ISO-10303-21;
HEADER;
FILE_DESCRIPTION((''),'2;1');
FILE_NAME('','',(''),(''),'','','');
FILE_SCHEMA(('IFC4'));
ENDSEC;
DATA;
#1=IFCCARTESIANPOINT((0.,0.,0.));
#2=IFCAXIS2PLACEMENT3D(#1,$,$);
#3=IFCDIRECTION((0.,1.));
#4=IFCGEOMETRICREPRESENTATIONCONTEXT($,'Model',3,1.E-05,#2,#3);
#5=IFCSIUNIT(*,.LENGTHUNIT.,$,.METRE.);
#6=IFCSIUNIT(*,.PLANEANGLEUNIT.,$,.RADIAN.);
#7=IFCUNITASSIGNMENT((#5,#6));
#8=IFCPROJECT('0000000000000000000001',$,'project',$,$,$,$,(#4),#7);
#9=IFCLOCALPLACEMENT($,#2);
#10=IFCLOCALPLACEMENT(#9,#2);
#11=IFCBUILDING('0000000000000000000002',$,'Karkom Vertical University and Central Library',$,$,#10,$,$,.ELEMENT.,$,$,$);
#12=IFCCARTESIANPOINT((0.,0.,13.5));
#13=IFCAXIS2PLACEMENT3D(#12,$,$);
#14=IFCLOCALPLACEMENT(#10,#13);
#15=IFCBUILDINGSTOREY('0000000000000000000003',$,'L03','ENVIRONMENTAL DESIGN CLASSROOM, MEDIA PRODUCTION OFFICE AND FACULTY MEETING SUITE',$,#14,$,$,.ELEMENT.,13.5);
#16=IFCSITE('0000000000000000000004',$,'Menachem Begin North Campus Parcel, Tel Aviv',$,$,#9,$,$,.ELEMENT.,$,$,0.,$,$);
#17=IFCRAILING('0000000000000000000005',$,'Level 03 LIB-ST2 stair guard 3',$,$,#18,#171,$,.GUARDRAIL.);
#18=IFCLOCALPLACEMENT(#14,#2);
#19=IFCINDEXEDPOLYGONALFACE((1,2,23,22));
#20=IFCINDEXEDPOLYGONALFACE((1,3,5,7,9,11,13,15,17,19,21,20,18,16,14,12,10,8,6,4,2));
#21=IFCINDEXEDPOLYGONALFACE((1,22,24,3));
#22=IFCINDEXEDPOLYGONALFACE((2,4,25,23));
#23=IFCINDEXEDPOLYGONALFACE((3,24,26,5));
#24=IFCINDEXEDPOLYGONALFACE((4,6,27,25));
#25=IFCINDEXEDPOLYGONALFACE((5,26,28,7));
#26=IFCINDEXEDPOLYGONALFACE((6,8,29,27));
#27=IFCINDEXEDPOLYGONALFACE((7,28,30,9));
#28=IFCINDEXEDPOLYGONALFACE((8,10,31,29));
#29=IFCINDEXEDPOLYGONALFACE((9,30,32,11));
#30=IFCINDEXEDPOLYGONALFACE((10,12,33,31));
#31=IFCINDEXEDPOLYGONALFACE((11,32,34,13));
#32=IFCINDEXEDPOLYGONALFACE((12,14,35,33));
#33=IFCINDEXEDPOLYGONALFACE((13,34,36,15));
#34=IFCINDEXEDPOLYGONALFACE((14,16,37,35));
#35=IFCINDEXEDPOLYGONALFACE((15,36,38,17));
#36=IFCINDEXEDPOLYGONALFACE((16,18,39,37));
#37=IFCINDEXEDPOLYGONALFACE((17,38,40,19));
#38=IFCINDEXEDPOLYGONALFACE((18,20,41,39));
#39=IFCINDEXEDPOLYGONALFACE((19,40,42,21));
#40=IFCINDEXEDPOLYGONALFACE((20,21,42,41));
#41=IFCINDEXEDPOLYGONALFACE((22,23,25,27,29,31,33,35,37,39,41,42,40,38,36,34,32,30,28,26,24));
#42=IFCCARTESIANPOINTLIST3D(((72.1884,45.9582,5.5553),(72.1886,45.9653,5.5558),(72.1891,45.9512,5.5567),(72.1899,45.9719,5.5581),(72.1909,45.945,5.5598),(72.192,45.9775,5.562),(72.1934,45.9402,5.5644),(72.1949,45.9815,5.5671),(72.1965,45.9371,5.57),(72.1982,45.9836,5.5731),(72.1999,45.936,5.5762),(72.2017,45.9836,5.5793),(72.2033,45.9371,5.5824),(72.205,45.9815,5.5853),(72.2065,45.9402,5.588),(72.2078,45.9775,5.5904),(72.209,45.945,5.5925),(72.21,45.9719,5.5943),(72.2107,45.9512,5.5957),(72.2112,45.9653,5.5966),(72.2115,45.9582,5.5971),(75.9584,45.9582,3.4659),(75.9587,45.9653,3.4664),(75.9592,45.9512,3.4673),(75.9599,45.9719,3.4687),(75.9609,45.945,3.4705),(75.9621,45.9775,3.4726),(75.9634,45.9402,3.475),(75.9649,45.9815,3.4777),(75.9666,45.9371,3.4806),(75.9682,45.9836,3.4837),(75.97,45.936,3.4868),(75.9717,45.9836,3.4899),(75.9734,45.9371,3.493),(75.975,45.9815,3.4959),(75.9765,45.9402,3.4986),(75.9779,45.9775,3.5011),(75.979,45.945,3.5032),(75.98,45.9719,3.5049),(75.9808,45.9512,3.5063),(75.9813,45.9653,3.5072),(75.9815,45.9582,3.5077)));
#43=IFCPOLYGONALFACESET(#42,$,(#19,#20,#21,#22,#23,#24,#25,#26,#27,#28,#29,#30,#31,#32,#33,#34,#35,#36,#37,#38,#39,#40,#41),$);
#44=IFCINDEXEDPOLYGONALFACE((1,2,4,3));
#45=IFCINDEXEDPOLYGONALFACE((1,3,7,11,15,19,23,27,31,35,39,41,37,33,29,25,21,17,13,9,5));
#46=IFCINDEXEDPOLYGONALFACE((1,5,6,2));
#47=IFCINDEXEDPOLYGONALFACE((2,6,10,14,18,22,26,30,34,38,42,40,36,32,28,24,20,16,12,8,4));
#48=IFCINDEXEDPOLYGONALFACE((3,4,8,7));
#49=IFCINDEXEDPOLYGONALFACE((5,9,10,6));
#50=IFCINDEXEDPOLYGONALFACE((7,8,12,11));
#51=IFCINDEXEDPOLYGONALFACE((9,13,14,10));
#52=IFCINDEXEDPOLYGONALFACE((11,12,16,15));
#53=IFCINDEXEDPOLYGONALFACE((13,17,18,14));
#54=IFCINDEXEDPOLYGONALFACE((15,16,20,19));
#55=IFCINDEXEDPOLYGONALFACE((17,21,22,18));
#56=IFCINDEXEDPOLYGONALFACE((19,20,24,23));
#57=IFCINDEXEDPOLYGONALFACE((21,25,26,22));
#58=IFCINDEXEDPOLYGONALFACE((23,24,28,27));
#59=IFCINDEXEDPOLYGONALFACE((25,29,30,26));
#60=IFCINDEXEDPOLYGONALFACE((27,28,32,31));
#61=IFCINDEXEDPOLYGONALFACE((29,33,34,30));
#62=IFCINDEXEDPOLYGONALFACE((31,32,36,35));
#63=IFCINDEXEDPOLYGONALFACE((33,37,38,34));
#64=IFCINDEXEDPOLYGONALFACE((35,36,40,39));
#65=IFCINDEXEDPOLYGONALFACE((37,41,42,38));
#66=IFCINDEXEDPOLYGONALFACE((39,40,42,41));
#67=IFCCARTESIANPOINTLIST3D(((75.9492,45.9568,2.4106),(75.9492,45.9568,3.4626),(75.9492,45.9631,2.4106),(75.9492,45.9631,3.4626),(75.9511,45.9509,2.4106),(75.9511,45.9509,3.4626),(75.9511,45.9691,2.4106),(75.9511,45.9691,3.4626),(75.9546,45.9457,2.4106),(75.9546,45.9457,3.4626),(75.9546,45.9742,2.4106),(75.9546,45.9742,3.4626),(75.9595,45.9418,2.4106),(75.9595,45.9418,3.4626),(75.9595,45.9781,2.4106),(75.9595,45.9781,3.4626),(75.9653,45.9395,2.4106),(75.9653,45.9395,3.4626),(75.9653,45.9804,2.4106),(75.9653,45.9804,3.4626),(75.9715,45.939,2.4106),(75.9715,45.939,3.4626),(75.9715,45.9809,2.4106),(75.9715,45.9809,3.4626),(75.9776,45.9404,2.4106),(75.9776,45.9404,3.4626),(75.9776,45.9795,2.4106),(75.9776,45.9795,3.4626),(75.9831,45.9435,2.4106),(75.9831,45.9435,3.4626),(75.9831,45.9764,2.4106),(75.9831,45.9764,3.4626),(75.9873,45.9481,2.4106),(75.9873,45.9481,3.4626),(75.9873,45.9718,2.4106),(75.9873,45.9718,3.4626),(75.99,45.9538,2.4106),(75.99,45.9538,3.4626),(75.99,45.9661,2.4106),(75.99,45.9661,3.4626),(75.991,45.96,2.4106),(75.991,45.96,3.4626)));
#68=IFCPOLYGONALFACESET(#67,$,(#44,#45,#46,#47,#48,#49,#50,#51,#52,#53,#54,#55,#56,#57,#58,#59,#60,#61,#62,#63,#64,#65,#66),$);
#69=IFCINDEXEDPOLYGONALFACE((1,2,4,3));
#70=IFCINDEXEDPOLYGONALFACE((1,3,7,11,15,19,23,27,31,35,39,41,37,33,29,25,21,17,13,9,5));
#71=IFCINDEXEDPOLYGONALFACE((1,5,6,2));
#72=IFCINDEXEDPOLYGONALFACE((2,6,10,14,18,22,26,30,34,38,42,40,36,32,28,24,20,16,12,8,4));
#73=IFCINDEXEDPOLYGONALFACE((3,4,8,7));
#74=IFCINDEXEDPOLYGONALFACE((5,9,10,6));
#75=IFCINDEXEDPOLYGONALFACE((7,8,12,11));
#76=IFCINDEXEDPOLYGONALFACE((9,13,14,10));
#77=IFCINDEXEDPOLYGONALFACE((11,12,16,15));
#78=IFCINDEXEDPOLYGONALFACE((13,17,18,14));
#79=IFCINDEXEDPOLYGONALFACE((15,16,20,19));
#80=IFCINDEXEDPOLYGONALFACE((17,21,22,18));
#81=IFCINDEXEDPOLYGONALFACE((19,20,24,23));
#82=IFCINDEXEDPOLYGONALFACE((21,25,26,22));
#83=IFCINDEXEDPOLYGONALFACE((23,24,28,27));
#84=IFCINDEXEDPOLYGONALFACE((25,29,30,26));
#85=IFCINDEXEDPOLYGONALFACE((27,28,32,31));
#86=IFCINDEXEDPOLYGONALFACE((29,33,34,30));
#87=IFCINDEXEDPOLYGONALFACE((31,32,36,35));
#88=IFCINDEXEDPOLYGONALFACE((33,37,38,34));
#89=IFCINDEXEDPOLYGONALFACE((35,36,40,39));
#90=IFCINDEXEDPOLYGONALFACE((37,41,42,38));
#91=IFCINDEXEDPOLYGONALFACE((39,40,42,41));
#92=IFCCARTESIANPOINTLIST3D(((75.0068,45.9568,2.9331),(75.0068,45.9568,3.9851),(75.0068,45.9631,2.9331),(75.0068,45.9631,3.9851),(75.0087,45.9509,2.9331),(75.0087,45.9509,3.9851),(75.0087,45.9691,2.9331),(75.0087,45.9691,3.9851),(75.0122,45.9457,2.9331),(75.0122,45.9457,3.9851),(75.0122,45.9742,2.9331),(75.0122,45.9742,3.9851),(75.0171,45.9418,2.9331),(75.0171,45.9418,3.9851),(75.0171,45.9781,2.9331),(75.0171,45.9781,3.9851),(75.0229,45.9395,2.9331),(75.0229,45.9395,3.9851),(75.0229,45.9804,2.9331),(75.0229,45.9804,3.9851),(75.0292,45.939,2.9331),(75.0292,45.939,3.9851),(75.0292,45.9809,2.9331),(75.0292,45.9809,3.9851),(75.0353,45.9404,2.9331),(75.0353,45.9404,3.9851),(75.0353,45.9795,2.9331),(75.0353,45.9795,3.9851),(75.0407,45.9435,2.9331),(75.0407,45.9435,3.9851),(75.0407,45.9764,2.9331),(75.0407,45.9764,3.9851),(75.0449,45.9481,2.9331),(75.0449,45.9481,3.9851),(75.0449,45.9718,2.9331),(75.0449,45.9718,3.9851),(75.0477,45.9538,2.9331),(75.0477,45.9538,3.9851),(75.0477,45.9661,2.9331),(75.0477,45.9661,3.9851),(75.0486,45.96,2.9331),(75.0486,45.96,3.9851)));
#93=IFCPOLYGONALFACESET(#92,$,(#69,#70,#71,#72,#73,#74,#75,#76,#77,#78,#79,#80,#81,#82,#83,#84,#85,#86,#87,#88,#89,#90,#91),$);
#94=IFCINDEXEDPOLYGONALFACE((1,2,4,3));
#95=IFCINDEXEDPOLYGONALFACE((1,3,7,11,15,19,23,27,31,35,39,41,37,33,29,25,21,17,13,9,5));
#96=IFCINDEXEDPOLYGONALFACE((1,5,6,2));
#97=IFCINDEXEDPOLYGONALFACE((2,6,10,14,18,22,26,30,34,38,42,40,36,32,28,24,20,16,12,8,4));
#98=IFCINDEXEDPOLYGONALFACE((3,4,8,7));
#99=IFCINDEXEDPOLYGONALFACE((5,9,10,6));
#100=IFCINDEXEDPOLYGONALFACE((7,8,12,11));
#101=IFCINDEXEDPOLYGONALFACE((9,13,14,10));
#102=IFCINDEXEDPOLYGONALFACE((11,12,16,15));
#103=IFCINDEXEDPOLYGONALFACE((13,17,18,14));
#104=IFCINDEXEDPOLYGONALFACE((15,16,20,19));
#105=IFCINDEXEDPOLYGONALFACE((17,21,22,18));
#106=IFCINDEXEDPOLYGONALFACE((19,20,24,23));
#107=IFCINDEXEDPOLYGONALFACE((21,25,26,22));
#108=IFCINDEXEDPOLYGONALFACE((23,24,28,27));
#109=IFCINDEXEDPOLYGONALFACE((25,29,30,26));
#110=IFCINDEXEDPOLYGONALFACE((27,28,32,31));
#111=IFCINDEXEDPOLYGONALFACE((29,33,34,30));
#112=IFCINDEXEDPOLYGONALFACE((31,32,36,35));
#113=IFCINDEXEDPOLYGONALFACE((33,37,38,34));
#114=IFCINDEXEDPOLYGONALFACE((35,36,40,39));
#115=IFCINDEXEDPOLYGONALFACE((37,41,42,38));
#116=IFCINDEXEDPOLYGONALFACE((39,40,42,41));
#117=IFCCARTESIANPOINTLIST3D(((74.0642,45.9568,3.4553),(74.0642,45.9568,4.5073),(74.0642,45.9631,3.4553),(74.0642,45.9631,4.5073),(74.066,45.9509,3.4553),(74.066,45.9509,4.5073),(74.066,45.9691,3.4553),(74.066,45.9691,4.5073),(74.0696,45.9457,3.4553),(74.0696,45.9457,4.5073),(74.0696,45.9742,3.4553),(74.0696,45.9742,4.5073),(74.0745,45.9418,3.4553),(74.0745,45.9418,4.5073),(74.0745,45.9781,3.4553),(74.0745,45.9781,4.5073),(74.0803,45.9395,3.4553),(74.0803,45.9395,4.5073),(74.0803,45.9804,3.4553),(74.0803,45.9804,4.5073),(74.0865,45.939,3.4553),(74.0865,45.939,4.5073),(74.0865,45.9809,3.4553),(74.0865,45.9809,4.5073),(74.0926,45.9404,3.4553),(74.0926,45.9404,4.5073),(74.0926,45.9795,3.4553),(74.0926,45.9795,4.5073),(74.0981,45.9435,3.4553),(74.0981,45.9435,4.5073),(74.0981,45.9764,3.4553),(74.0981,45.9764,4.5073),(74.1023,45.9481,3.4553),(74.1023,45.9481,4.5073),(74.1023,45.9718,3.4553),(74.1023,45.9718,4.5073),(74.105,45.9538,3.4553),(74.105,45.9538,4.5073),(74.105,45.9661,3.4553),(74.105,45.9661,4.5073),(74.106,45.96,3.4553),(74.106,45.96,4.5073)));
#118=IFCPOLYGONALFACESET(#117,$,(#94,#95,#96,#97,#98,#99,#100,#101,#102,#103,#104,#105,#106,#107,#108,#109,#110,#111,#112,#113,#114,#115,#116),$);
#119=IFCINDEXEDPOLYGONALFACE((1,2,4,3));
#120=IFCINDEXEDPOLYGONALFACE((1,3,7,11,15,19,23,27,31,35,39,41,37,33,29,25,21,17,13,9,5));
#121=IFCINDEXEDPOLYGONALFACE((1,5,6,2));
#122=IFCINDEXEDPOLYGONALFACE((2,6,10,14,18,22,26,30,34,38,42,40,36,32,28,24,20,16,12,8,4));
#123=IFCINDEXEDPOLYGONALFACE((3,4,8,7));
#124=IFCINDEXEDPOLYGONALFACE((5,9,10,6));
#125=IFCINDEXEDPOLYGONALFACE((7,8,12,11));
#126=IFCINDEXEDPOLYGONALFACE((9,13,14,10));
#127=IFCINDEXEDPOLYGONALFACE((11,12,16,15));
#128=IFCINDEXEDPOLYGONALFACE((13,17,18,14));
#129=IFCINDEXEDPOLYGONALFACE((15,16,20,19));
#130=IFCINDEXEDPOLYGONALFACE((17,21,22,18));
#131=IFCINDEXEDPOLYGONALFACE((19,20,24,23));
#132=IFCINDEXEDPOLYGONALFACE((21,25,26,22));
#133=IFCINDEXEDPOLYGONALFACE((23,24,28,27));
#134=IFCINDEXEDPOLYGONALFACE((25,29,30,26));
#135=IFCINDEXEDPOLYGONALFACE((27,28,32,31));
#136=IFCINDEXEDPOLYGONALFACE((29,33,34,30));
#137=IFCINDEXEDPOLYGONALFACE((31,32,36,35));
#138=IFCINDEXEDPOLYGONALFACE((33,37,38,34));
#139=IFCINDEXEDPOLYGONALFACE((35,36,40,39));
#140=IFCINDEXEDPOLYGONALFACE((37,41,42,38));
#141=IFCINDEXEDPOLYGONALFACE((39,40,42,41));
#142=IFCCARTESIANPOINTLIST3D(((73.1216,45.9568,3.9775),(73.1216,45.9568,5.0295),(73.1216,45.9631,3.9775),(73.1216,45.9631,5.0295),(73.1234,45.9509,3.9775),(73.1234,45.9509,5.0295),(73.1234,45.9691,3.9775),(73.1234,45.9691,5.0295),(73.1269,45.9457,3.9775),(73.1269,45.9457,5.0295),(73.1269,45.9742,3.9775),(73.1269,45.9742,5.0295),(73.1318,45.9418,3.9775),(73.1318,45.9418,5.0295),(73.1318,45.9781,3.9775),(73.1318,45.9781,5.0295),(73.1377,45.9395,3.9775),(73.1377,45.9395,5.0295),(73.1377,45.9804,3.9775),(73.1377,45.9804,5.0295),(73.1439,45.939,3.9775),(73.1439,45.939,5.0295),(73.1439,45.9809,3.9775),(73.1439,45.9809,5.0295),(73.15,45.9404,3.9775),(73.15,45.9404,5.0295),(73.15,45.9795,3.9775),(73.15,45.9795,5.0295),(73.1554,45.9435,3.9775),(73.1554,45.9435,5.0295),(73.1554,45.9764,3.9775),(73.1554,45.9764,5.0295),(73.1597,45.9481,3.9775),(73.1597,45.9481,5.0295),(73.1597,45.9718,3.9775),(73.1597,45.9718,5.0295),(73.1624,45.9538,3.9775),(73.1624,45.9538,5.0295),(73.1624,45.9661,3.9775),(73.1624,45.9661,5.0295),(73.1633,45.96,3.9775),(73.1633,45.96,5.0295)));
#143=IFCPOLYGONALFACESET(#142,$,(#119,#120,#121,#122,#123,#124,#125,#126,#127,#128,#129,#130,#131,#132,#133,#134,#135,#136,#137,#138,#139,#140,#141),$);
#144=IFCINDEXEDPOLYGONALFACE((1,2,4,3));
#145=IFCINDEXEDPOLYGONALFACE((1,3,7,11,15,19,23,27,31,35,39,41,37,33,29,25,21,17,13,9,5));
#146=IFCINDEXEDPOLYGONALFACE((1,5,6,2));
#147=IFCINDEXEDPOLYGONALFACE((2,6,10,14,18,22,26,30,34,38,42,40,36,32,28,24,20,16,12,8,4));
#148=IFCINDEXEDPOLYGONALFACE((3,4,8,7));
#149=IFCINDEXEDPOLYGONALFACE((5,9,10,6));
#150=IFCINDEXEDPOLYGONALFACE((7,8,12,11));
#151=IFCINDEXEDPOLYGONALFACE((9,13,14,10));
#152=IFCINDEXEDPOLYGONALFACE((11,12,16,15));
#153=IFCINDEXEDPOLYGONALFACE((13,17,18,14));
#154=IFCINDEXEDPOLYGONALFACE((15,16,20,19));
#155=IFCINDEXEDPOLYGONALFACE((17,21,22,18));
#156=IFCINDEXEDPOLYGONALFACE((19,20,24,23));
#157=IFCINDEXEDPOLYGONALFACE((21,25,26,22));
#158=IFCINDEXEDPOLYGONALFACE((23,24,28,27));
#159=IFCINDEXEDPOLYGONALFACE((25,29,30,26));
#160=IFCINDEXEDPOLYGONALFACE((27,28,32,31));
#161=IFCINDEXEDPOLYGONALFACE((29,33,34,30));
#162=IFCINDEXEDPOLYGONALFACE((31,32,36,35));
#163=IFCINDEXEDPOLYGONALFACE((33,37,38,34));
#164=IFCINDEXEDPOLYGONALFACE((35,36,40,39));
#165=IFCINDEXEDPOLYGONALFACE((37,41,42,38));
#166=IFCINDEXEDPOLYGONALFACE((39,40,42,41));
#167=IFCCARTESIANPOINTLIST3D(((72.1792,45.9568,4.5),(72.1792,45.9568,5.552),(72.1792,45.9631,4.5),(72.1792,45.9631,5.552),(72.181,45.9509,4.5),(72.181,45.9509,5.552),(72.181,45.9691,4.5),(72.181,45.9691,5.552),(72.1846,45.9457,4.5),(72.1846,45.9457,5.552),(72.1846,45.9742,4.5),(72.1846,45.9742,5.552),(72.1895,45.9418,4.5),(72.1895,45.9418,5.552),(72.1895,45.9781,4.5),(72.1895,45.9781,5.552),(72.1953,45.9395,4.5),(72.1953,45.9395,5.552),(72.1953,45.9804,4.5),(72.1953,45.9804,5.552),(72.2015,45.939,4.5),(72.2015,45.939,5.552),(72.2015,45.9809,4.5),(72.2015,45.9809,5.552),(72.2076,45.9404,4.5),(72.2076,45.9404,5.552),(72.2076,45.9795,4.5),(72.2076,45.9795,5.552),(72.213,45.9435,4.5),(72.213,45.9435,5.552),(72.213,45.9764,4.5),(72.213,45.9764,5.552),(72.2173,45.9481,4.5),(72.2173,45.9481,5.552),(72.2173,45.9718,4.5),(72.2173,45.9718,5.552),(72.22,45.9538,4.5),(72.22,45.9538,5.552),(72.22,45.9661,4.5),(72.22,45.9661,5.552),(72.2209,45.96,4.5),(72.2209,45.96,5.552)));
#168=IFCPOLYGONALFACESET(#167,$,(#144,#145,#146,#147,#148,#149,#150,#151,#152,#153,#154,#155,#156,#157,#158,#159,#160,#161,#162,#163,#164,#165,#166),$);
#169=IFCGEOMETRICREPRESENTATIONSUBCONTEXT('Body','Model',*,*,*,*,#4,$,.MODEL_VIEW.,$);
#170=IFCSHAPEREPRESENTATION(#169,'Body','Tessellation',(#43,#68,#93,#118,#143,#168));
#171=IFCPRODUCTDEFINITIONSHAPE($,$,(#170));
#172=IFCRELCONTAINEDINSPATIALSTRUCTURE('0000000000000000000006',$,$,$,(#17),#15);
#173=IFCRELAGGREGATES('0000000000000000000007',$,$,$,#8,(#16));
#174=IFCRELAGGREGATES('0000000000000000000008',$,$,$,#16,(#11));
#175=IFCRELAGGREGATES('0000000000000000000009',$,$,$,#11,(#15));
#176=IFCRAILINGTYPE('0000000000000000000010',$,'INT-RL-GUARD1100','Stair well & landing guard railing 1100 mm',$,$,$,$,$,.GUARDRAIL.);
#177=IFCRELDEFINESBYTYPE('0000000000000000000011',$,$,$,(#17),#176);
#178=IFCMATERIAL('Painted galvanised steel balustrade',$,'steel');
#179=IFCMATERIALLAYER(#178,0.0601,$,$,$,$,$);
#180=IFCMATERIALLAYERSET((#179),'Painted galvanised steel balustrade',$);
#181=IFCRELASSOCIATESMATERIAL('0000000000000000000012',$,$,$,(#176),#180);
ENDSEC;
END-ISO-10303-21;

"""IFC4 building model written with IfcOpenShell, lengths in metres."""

from ifc_helpers import new_model, si_unit, direction, frame, origin, origin_2d, place, context, subcontext, project, spatial, circle, extrude, material, layer, layer_set, type_object, element, save


model = new_model("IFC4")

# Units and contexts
model_context = context("Model", 3, precision=1e-05, world=origin(), true_north=direction((0.0, 1.0)))
body_context = subcontext(model_context, "Body", "Model", "MODEL_VIEW")
ifc_project = project(units=[si_unit("LENGTHUNIT", "METRE"), si_unit("PLANEANGLEUNIT", "RADIAN")], contexts=[model_context])

# Site, building, storey
site_placement = place(None, origin())
site = spatial("IfcSite", under=ifc_project, at=site_placement, Name="Menachem Begin North Campus Parcel, Tel Aviv", CompositionType="ELEMENT", RefElevation=0.0)
building_placement = place(site_placement, origin())
building = spatial("IfcBuilding", under=site, at=building_placement, Name="Karkom Vertical University and Central Library", CompositionType="ELEMENT")
storey_placement = place(building_placement, frame((0.0, 0.0, 13.5)))
storey = spatial("IfcBuildingStorey", under=building, at=storey_placement, Name="L03", Description="ENVIRONMENTAL DESIGN CLASSROOM, MEDIA PRODUCTION OFFICE AND FACULTY MEETING SUITE", CompositionType="ELEMENT", Elevation=13.5)

# Railing
ifc_material_1 = material(Name="Painted galvanised steel balustrade", Category="steel")
ifc_layer_1 = layer(ifc_material_1, 0.0601)
ifc_layer_set_1 = layer_set([ifc_layer_1], Name="Painted galvanised steel balustrade")
railing_type_1 = type_object("IfcRailingType", Name="INT-RL-GUARD1100", Description="Stair well & landing guard railing 1100 mm", PredefinedType="GUARDRAIL", material=ifc_layer_set_1)
railing_1_placement = place(storey_placement, frame((75.97, 45.96, 2.4106)))
element("IfcRailing", 1, at=railing_1_placement, inside=storey, type_object=railing_type_1, Name="Level 03 LIB-ST2 stair guard 3", PredefinedType="GUARDRAIL", context=body_context, shape_type="SweptSolid", body=[
    extrude(circle(Radius=0.0239, at=origin_2d()), frame((0.0, 0.0, 1.0762), z_axis=(-0.874659, 0.0, 0.484739), x_axis=(0.0, -1.0, 0.0)), (0.0, 0.0, 1.0), 4.3103),
    extrude(circle(Radius=0.021, at=origin_2d()), origin(), (0.0, 0.0, 1.0), 1.052),
    extrude(circle(Radius=0.021, at=origin_2d()), frame((-0.9424, 0.0, 0.5225)), (0.0, 0.0, 1.0), 1.052),
    extrude(circle(Radius=0.021, at=origin_2d()), frame((-1.885, 0.0, 1.0447)), (0.0, 0.0, 1.0), 1.052),
    extrude(circle(Radius=0.021, at=origin_2d()), frame((-2.8276, 0.0, 1.5669)), (0.0, 0.0, 1.0), 1.052),
    extrude(circle(Radius=0.021, at=origin_2d()), frame((-3.77, 0.0, 2.0894)), (0.0, 0.0, 1.0), 1.052),
])

save(model, "model.ifc")
